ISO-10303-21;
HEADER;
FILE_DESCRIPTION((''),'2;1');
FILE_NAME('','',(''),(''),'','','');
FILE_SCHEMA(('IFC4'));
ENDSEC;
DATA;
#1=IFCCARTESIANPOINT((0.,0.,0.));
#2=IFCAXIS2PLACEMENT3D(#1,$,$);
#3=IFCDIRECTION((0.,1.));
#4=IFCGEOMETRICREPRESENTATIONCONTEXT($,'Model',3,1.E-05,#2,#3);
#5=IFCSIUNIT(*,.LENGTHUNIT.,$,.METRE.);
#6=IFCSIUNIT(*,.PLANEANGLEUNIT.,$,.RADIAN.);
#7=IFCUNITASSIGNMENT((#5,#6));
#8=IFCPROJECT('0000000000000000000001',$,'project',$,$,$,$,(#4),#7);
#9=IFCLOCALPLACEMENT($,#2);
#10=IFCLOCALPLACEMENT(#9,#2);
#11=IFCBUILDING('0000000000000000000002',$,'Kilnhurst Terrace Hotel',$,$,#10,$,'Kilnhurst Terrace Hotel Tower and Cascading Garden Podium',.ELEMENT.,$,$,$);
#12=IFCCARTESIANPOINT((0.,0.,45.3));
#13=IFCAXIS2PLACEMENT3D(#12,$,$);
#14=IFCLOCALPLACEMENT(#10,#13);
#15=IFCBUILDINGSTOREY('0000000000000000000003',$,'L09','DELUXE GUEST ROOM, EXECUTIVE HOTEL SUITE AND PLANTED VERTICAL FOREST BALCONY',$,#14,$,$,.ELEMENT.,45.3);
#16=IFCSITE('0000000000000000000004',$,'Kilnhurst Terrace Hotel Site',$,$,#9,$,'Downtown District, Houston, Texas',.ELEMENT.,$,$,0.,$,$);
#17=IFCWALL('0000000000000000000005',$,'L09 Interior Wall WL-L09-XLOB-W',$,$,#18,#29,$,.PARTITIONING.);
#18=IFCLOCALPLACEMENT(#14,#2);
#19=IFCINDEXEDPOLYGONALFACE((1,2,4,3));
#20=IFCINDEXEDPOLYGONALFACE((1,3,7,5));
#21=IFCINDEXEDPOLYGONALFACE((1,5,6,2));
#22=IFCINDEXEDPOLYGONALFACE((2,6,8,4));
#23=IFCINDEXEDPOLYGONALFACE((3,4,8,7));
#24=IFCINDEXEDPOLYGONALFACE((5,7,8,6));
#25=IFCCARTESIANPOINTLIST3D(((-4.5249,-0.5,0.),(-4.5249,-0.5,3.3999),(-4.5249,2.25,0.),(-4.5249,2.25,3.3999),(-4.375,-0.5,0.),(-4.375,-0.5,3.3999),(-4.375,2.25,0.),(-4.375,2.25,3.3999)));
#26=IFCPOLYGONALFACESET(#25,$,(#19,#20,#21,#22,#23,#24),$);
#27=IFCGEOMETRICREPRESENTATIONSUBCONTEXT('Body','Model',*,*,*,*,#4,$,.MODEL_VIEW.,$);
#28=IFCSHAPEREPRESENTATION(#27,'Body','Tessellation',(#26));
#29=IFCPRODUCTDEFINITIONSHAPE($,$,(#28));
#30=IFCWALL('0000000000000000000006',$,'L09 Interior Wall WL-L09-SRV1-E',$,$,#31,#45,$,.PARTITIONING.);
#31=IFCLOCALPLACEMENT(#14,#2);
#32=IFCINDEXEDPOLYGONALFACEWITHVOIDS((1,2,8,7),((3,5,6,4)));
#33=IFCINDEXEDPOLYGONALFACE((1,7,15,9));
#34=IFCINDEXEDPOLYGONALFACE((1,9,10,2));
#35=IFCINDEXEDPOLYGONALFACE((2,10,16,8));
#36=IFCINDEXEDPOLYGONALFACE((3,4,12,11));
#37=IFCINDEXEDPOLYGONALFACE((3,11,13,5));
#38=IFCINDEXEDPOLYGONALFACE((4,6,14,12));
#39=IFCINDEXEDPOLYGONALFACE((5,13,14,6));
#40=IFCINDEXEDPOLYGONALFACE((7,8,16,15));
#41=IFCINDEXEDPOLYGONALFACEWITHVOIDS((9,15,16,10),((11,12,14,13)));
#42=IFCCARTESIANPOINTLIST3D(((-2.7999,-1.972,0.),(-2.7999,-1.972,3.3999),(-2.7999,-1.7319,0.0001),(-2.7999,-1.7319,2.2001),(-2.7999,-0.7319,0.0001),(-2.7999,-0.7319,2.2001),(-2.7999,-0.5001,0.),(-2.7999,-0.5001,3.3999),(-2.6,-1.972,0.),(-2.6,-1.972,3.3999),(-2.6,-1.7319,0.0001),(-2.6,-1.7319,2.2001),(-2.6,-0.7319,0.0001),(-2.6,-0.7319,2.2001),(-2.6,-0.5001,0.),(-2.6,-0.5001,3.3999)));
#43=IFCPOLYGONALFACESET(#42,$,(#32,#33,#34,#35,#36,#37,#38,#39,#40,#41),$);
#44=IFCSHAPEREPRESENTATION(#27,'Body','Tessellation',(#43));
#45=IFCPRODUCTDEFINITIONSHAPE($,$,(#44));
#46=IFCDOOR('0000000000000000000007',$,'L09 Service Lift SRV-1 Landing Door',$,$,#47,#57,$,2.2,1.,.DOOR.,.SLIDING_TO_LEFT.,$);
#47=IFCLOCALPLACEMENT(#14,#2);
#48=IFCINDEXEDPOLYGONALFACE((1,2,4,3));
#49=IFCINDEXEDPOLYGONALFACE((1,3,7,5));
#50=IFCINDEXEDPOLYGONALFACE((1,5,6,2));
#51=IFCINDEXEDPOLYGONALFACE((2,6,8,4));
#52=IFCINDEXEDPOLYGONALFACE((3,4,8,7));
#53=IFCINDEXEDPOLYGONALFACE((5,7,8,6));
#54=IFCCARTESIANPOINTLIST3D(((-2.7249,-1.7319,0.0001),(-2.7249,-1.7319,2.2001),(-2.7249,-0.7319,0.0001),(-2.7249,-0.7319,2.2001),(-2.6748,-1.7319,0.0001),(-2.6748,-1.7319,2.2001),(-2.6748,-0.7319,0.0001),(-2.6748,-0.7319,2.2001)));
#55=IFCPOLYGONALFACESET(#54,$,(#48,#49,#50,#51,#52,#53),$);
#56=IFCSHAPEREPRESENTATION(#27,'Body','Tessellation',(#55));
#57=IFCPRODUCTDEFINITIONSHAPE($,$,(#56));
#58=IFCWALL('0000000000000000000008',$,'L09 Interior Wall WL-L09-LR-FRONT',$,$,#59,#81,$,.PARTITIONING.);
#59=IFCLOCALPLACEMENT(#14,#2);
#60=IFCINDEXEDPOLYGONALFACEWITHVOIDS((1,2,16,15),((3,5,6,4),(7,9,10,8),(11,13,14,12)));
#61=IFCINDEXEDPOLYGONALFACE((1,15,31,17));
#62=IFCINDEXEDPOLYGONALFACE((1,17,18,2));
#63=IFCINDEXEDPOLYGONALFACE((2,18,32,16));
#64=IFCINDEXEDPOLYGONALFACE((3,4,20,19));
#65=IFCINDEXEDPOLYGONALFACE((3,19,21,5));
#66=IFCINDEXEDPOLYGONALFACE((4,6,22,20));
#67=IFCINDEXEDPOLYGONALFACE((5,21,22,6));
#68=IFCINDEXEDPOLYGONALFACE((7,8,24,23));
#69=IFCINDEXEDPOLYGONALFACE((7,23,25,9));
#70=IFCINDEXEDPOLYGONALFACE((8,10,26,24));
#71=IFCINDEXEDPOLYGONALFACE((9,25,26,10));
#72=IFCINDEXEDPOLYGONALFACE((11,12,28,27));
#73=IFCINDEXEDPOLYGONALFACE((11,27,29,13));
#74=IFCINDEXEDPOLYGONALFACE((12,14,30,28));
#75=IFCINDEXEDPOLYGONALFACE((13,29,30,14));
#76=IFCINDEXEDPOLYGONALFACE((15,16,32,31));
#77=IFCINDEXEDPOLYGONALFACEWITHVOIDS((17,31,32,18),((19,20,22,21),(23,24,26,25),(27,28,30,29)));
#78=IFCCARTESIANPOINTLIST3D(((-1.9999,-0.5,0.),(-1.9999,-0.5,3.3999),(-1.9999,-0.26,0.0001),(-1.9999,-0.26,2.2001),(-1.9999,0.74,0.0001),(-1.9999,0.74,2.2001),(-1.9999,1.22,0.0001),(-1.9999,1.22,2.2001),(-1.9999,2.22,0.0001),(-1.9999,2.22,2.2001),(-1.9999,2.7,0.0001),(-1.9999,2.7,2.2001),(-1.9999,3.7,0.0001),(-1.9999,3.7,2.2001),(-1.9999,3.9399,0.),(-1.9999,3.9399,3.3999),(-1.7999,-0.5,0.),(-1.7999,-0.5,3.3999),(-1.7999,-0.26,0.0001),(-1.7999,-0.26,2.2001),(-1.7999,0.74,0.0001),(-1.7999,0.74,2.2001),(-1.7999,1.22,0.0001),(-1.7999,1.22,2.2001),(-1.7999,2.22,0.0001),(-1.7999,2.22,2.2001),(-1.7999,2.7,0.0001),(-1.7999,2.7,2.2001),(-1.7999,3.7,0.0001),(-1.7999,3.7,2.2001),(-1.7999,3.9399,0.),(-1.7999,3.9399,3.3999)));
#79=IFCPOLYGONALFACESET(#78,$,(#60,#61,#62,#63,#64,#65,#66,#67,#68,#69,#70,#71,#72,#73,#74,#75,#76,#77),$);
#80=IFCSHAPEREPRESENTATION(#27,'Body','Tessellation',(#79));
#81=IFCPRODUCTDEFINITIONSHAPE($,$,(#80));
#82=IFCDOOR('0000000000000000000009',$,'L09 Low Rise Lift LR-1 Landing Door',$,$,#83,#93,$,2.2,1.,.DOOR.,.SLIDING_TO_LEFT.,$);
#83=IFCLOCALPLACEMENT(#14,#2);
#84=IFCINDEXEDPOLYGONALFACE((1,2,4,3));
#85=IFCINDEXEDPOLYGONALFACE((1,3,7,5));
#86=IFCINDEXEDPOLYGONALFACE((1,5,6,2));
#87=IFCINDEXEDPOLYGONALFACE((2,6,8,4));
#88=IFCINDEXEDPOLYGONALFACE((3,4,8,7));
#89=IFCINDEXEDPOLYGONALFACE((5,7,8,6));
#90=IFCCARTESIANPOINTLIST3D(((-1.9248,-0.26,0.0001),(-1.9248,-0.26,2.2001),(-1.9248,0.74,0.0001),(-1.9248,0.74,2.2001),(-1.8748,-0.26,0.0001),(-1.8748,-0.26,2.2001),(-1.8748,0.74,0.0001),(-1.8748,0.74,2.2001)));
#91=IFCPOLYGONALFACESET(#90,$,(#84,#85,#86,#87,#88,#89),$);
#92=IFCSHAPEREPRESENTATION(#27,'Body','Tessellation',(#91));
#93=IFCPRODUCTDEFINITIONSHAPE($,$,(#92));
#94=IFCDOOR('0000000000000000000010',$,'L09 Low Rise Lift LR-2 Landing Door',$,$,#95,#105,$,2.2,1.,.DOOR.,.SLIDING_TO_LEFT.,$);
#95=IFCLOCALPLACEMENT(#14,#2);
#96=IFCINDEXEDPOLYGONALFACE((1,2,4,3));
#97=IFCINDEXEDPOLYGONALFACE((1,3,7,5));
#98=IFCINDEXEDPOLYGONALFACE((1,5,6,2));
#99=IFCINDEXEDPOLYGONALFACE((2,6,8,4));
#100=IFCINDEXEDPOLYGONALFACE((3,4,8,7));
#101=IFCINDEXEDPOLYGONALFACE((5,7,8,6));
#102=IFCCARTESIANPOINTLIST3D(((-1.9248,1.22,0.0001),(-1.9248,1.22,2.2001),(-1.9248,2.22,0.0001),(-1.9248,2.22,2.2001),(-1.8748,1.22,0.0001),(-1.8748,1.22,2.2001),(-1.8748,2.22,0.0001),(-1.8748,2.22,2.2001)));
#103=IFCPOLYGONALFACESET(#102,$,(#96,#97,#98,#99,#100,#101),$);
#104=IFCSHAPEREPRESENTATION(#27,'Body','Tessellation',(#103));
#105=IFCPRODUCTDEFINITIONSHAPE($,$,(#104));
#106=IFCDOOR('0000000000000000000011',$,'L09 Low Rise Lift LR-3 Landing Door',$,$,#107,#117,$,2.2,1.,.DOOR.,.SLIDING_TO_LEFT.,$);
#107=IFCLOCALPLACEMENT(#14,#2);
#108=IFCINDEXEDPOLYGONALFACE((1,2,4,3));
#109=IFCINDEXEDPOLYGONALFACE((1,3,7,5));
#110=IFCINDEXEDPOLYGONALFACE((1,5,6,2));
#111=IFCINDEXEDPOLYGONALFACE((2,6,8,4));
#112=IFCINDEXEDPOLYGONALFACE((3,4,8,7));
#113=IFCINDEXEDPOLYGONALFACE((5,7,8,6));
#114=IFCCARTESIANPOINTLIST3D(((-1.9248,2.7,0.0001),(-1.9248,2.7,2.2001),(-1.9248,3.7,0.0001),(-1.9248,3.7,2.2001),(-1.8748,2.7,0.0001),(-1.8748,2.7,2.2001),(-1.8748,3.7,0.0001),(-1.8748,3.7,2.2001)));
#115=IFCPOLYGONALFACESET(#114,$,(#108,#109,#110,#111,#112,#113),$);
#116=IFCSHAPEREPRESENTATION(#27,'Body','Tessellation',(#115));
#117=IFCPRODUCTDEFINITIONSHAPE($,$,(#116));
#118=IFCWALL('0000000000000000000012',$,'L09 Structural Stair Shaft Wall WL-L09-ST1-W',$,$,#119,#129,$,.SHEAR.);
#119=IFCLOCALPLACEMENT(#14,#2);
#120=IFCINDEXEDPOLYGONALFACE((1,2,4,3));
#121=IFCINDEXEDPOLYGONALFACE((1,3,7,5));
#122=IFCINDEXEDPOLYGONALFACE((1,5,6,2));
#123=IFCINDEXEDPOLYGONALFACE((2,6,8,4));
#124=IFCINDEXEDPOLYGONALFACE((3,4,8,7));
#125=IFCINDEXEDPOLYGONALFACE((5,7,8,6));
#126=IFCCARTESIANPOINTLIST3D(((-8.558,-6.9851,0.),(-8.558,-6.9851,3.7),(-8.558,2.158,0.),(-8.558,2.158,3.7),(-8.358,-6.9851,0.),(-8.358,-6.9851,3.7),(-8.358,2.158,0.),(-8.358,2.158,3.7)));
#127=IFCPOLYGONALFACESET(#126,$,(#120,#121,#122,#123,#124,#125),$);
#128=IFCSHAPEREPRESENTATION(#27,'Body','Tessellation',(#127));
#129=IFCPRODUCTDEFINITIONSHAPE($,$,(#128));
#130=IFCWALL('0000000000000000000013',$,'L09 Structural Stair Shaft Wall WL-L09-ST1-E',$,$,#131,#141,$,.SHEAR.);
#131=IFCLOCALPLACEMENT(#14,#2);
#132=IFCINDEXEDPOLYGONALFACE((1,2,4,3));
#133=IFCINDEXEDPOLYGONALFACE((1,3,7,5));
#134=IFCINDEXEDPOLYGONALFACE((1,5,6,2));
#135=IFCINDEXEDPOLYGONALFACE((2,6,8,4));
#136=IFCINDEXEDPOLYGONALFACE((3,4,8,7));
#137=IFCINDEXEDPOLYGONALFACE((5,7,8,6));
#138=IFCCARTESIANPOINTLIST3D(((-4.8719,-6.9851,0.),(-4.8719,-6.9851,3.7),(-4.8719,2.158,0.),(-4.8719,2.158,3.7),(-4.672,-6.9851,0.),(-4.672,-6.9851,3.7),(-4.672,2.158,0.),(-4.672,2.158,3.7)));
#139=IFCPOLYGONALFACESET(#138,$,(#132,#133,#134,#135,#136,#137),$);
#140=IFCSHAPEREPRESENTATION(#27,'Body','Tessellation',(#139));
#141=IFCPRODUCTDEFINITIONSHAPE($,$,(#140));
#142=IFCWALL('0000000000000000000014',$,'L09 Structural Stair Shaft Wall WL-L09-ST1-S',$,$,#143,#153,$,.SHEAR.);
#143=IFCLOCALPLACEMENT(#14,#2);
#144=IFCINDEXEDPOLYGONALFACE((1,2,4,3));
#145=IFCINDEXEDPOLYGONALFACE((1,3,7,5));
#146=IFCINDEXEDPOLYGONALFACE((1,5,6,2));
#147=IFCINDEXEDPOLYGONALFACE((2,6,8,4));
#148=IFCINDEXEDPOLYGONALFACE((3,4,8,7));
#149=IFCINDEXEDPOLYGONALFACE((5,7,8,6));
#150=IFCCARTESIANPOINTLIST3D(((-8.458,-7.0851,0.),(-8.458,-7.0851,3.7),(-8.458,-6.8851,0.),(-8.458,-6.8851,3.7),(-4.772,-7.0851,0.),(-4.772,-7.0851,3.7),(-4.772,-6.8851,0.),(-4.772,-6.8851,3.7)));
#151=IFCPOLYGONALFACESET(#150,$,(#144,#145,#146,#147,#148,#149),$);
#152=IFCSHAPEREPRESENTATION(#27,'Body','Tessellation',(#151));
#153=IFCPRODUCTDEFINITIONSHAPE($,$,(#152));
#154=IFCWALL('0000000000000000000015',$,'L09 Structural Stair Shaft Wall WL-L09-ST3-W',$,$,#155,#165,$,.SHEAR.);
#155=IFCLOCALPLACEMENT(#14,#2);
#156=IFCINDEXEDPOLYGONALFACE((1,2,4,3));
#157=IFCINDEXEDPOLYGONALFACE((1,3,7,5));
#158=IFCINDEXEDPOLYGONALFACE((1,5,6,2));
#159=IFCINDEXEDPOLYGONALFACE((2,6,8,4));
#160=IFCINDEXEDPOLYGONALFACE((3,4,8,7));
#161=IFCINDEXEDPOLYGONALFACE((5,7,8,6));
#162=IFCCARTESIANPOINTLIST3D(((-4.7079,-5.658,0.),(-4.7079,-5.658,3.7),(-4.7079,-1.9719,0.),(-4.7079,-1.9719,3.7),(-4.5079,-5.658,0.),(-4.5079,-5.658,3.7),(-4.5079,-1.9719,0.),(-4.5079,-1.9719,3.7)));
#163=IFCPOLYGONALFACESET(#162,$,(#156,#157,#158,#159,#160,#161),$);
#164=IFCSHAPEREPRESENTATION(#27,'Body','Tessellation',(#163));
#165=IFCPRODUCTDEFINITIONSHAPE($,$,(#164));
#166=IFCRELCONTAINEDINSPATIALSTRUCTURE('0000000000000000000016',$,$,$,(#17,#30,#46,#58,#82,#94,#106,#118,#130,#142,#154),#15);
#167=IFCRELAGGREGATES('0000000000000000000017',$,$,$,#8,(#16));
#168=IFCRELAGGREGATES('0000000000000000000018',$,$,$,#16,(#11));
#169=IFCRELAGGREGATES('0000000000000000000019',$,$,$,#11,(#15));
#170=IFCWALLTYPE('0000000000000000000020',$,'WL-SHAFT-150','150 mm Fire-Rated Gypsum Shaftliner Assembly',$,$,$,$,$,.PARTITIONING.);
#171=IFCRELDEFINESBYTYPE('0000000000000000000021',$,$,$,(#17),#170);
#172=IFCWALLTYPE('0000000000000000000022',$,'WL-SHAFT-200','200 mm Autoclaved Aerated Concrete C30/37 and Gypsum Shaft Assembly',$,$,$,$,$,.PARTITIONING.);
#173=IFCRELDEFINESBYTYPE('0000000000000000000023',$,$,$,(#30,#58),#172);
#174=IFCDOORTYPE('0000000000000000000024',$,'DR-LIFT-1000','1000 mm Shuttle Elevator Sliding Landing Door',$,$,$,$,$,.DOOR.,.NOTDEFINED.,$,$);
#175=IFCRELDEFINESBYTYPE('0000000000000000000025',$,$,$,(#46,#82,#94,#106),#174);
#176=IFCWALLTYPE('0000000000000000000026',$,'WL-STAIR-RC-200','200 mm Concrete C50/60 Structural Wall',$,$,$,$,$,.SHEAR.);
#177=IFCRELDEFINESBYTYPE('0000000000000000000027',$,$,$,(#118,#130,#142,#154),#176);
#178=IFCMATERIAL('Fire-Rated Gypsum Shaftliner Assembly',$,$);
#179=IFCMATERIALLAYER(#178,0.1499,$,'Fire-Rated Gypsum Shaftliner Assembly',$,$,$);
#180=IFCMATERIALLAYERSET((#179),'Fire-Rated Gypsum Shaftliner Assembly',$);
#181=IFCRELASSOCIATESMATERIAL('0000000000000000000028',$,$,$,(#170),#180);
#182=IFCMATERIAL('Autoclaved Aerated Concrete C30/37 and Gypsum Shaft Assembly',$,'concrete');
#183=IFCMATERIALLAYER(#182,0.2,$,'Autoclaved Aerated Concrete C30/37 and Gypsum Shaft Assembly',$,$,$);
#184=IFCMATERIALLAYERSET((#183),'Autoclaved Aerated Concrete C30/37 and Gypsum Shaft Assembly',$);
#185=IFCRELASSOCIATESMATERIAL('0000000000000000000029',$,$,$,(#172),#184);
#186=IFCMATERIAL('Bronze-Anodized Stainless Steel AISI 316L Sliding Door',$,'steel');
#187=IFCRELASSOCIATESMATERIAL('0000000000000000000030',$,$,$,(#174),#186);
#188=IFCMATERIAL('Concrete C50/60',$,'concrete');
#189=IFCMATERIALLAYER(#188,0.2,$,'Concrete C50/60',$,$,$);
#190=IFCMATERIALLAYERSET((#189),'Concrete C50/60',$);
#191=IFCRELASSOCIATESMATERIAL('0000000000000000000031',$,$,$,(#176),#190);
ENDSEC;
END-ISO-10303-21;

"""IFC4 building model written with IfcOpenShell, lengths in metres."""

from ifc_helpers import new_model, si_unit, direction, frame, frame_2d, origin, place, context, subcontext, project, spatial, rectangle, extrude, material, layer, layer_set, type_object, element, fill, save


model = new_model("IFC4")

# Units and contexts
model_context = context("Model", 3, precision=1e-05, world=origin(), true_north=direction((0.0, 1.0)))
body_context = subcontext(model_context, "Body", "Model", "MODEL_VIEW")
ifc_project = project(units=[si_unit("LENGTHUNIT", "METRE"), si_unit("PLANEANGLEUNIT", "RADIAN")], contexts=[model_context])

# Site, building, storey
site_placement = place(None, origin())
site = spatial("IfcSite", under=ifc_project, at=site_placement, Name="Kilnhurst Terrace Hotel Site", LongName="Downtown District, Houston, Texas", CompositionType="ELEMENT", RefElevation=0.0)
building_placement = place(site_placement, origin())
building = spatial("IfcBuilding", under=site, at=building_placement, Name="Kilnhurst Terrace Hotel", LongName="Kilnhurst Terrace Hotel Tower and Cascading Garden Podium", CompositionType="ELEMENT")
storey_placement = place(building_placement, frame((0.0, 0.0, 45.3)))
storey = spatial("IfcBuildingStorey", under=building, at=storey_placement, Name="L09", Description="DELUXE GUEST ROOM, EXECUTIVE HOTEL SUITE AND PLANTED VERTICAL FOREST BALCONY", CompositionType="ELEMENT", Elevation=45.3)

# Wall
ifc_material_1 = material(Name="Fire-Rated Gypsum Shaftliner Assembly")
ifc_layer_1 = layer(ifc_material_1, 0.1499, Name="Fire-Rated Gypsum Shaftliner Assembly")
ifc_layer_set_1 = layer_set([ifc_layer_1], Name="Fire-Rated Gypsum Shaftliner Assembly")
wall_type_1 = type_object("IfcWallType", Name="WL-SHAFT-150", Description="150 mm Fire-Rated Gypsum Shaftliner Assembly", PredefinedType="PARTITIONING", material=ifc_layer_set_1)
wall_1_placement = place(storey_placement, frame((-4.45, -0.5, 0.0), z_axis=(0.0, 0.0, 1.0), x_axis=(0.0, 1.0, 0.0)))
element("IfcWall", 1, at=wall_1_placement, inside=storey, type_object=wall_type_1, Name="L09 Interior Wall WL-L09-XLOB-W", PredefinedType="PARTITIONING", context=body_context, shape_type="SweptSolid", body=[
    extrude(rectangle(XDim=2.75, YDim=0.1499, at=frame_2d((1.375, 0.0))), origin(), (0.0, 0.0, 1.0), 3.3999),
])

# Wall, opening, door
ifc_material_2 = material(Name="Autoclaved Aerated Concrete C30/37 and Gypsum Shaft Assembly", Category="concrete")
ifc_layer_2 = layer(ifc_material_2, 0.2, Name="Autoclaved Aerated Concrete C30/37 and Gypsum Shaft Assembly")
ifc_layer_set_2 = layer_set([ifc_layer_2], Name="Autoclaved Aerated Concrete C30/37 and Gypsum Shaft Assembly")
wall_type_2 = type_object("IfcWallType", Name="WL-SHAFT-200", Description="200 mm Autoclaved Aerated Concrete C30/37 and Gypsum Shaft Assembly", PredefinedType="PARTITIONING", material=ifc_layer_set_2)
wall_2_placement = place(storey_placement, frame((-2.7, -1.9719, 0.0), z_axis=(0.0, 0.0, 1.0), x_axis=(0.0, 1.0, 0.0)))
wall_2 = element("IfcWall", 2, at=wall_2_placement, inside=storey, type_object=wall_type_2, Name="L09 Interior Wall WL-L09-SRV1-E", PredefinedType="PARTITIONING", context=body_context, shape_type="SweptSolid", body=[
    extrude(rectangle(XDim=1.4719, YDim=0.2, at=frame_2d((0.7358, 0.0))), origin(), (0.0, 0.0, 1.0), 3.3999),
])
opening_1_placement = place(wall_2_placement, frame((0.24, 0.0, 0.0)))
opening_1 = element("IfcOpeningElement", 3, at=opening_1_placement, cuts=wall_2, PredefinedType="OPENING", context=body_context, shape_type="SweptSolid", body=[
    extrude(rectangle(XDim=1.0, YDim=2.2, at=frame_2d((0.5, 1.1001))), frame((0.0, 0.1099, 0.0), z_axis=(0.0, -1.0, 0.0), x_axis=(1.0, 0.0, 0.0)), (0.0, 0.0, 1.0), 0.22),
])
ifc_material_3 = material(Name="Bronze-Anodized Stainless Steel AISI 316L Sliding Door", Category="steel")
door_type_1 = type_object("IfcDoorType", Name="DR-LIFT-1000", Description="1000 mm Shuttle Elevator Sliding Landing Door", OperationType="NOTDEFINED", PredefinedType="DOOR", material=ifc_material_3)
door_1_placement = place(opening_1_placement, origin())
door_1 = element("IfcDoor", 4, at=door_1_placement, inside=storey, type_object=door_type_1, Name="L09 Service Lift SRV-1 Landing Door", OperationType="SLIDING_TO_LEFT", OverallHeight=2.2, OverallWidth=1.0, PredefinedType="DOOR", context=body_context, shape_type="SweptSolid", body=[
    extrude(rectangle(XDim=1.0, YDim=2.2, at=frame_2d((0.5, 1.1001))), frame((0.0, 0.0249, 0.0), z_axis=(0.0, -1.0, 0.0), x_axis=(1.0, 0.0, 0.0)), (0.0, 0.0, 1.0), 0.05),
])
fill(opening_1, door_1)

# Wall, openings, doors
wall_3_placement = place(storey_placement, frame((-1.8999, -0.5, 0.0), z_axis=(0.0, 0.0, 1.0), x_axis=(0.0, 1.0, 0.0)))
wall_3 = element("IfcWall", 5, at=wall_3_placement, inside=storey, type_object=wall_type_2, Name="L09 Interior Wall WL-L09-LR-FRONT", PredefinedType="PARTITIONING", context=body_context, shape_type="SweptSolid", body=[
    extrude(rectangle(XDim=4.4399, YDim=0.2, at=frame_2d((2.22, 0.0))), origin(), (0.0, 0.0, 1.0), 3.3999),
])
opening_2_placement = place(wall_3_placement, frame((0.24, 0.0, 0.0)))
opening_2 = element("IfcOpeningElement", 6, at=opening_2_placement, cuts=wall_3, PredefinedType="OPENING", context=body_context, shape_type="SweptSolid", body=[
    extrude(rectangle(XDim=1.0, YDim=2.2, at=frame_2d((0.5, 1.1001))), frame((0.0, 0.1099, 0.0), z_axis=(0.0, -1.0, 0.0), x_axis=(1.0, 0.0, 0.0)), (0.0, 0.0, 1.0), 0.22),
])
opening_3_placement = place(wall_3_placement, frame((1.72, 0.0, 0.0)))
opening_3 = element("IfcOpeningElement", 7, at=opening_3_placement, cuts=wall_3, PredefinedType="OPENING", context=body_context, shape_type="SweptSolid", body=[
    extrude(rectangle(XDim=1.0, YDim=2.2, at=frame_2d((0.5, 1.1001))), frame((0.0, 0.1099, 0.0), z_axis=(0.0, -1.0, 0.0), x_axis=(1.0, 0.0, 0.0)), (0.0, 0.0, 1.0), 0.22),
])
opening_4_placement = place(wall_3_placement, frame((3.2, 0.0, 0.0)))
opening_4 = element("IfcOpeningElement", 8, at=opening_4_placement, cuts=wall_3, PredefinedType="OPENING", context=body_context, shape_type="SweptSolid", body=[
    extrude(rectangle(XDim=1.0, YDim=2.2, at=frame_2d((0.5, 1.1001))), frame((0.0, 0.1099, 0.0), z_axis=(0.0, -1.0, 0.0), x_axis=(1.0, 0.0, 0.0)), (0.0, 0.0, 1.0), 0.22),
])
door_2_placement = place(opening_2_placement, origin())
door_2 = element("IfcDoor", 9, at=door_2_placement, inside=storey, type_object=door_type_1, Name="L09 Low Rise Lift LR-1 Landing Door", OperationType="SLIDING_TO_LEFT", OverallHeight=2.2, OverallWidth=1.0, PredefinedType="DOOR", context=body_context, shape_type="SweptSolid", body=[
    extrude(rectangle(XDim=1.0, YDim=2.2, at=frame_2d((0.5, 1.1001))), frame((0.0, 0.0249, 0.0), z_axis=(0.0, -1.0, 0.0), x_axis=(1.0, 0.0, 0.0)), (0.0, 0.0, 1.0), 0.05),
])
fill(opening_2, door_2)
door_3_placement = place(opening_3_placement, origin())
door_3 = element("IfcDoor", 10, at=door_3_placement, inside=storey, type_object=door_type_1, Name="L09 Low Rise Lift LR-2 Landing Door", OperationType="SLIDING_TO_LEFT", OverallHeight=2.2, OverallWidth=1.0, PredefinedType="DOOR", context=body_context, shape_type="SweptSolid", body=[
    extrude(rectangle(XDim=1.0, YDim=2.2, at=frame_2d((0.5, 1.1001))), frame((0.0, 0.0249, 0.0), z_axis=(0.0, -1.0, 0.0), x_axis=(1.0, 0.0, 0.0)), (0.0, 0.0, 1.0), 0.05),
])
fill(opening_3, door_3)
door_4_placement = place(opening_4_placement, origin())
door_4 = element("IfcDoor", 11, at=door_4_placement, inside=storey, type_object=door_type_1, Name="L09 Low Rise Lift LR-3 Landing Door", OperationType="SLIDING_TO_LEFT", OverallHeight=2.2, OverallWidth=1.0, PredefinedType="DOOR", context=body_context, shape_type="SweptSolid", body=[
    extrude(rectangle(XDim=1.0, YDim=2.2, at=frame_2d((0.5, 1.1001))), frame((0.0, 0.0249, 0.0), z_axis=(0.0, -1.0, 0.0), x_axis=(1.0, 0.0, 0.0)), (0.0, 0.0, 1.0), 0.05),
])
fill(opening_4, door_4)

# Walls
ifc_material_4 = material(Name="Concrete C50/60", Category="concrete")
ifc_layer_3 = layer(ifc_material_4, 0.2, Name="Concrete C50/60")
ifc_layer_set_3 = layer_set([ifc_layer_3], Name="Concrete C50/60")
wall_type_3 = type_object("IfcWallType", Name="WL-STAIR-RC-200", Description="200 mm Concrete C50/60 Structural Wall", PredefinedType="SHEAR", material=ifc_layer_set_3)
for number, where, z_axis, x_axis, name in (
    (12, (-8.458, -6.9851, 0.0), (0.0, 0.0, 1.0), (0.0, 1.0, 0.0), "L09 Structural Stair Shaft Wall WL-L09-ST1-W"),
    (13, (-4.772, -6.9851, 0.0), (0.0, 0.0, 1.0), (0.0, 1.0, 0.0), "L09 Structural Stair Shaft Wall WL-L09-ST1-E"),
):
    element("IfcWall", number, at=place(storey_placement, frame(where, z_axis=z_axis, x_axis=x_axis)), inside=storey, type_object=wall_type_3, Name=name, PredefinedType="SHEAR", context=body_context, shape_type="SweptSolid", body=[
        extrude(rectangle(XDim=9.1431, YDim=0.2, at=frame_2d((4.5715, 0.0))), origin(), (0.0, 0.0, 1.0), 3.7),
    ])
for number, where, z_axis, x_axis, name in (
    (14, (-8.458, -6.9851, 0.0), (0.0, 0.0, 1.0), (1.0, 0.0, 0.0), "L09 Structural Stair Shaft Wall WL-L09-ST1-S"),
    (15, (-4.6079, -5.658, 0.0), (0.0, 0.0, 1.0), (0.0, 1.0, 0.0), "L09 Structural Stair Shaft Wall WL-L09-ST3-W"),
):
    element("IfcWall", number, at=place(storey_placement, frame(where, z_axis=z_axis, x_axis=x_axis)), inside=storey, type_object=wall_type_3, Name=name, PredefinedType="SHEAR", context=body_context, shape_type="SweptSolid", body=[
        extrude(rectangle(XDim=3.686, YDim=0.2, at=frame_2d((1.843, 0.0))), origin(), (0.0, 0.0, 1.0), 3.7),
    ])

save(model, "model.ifc")
